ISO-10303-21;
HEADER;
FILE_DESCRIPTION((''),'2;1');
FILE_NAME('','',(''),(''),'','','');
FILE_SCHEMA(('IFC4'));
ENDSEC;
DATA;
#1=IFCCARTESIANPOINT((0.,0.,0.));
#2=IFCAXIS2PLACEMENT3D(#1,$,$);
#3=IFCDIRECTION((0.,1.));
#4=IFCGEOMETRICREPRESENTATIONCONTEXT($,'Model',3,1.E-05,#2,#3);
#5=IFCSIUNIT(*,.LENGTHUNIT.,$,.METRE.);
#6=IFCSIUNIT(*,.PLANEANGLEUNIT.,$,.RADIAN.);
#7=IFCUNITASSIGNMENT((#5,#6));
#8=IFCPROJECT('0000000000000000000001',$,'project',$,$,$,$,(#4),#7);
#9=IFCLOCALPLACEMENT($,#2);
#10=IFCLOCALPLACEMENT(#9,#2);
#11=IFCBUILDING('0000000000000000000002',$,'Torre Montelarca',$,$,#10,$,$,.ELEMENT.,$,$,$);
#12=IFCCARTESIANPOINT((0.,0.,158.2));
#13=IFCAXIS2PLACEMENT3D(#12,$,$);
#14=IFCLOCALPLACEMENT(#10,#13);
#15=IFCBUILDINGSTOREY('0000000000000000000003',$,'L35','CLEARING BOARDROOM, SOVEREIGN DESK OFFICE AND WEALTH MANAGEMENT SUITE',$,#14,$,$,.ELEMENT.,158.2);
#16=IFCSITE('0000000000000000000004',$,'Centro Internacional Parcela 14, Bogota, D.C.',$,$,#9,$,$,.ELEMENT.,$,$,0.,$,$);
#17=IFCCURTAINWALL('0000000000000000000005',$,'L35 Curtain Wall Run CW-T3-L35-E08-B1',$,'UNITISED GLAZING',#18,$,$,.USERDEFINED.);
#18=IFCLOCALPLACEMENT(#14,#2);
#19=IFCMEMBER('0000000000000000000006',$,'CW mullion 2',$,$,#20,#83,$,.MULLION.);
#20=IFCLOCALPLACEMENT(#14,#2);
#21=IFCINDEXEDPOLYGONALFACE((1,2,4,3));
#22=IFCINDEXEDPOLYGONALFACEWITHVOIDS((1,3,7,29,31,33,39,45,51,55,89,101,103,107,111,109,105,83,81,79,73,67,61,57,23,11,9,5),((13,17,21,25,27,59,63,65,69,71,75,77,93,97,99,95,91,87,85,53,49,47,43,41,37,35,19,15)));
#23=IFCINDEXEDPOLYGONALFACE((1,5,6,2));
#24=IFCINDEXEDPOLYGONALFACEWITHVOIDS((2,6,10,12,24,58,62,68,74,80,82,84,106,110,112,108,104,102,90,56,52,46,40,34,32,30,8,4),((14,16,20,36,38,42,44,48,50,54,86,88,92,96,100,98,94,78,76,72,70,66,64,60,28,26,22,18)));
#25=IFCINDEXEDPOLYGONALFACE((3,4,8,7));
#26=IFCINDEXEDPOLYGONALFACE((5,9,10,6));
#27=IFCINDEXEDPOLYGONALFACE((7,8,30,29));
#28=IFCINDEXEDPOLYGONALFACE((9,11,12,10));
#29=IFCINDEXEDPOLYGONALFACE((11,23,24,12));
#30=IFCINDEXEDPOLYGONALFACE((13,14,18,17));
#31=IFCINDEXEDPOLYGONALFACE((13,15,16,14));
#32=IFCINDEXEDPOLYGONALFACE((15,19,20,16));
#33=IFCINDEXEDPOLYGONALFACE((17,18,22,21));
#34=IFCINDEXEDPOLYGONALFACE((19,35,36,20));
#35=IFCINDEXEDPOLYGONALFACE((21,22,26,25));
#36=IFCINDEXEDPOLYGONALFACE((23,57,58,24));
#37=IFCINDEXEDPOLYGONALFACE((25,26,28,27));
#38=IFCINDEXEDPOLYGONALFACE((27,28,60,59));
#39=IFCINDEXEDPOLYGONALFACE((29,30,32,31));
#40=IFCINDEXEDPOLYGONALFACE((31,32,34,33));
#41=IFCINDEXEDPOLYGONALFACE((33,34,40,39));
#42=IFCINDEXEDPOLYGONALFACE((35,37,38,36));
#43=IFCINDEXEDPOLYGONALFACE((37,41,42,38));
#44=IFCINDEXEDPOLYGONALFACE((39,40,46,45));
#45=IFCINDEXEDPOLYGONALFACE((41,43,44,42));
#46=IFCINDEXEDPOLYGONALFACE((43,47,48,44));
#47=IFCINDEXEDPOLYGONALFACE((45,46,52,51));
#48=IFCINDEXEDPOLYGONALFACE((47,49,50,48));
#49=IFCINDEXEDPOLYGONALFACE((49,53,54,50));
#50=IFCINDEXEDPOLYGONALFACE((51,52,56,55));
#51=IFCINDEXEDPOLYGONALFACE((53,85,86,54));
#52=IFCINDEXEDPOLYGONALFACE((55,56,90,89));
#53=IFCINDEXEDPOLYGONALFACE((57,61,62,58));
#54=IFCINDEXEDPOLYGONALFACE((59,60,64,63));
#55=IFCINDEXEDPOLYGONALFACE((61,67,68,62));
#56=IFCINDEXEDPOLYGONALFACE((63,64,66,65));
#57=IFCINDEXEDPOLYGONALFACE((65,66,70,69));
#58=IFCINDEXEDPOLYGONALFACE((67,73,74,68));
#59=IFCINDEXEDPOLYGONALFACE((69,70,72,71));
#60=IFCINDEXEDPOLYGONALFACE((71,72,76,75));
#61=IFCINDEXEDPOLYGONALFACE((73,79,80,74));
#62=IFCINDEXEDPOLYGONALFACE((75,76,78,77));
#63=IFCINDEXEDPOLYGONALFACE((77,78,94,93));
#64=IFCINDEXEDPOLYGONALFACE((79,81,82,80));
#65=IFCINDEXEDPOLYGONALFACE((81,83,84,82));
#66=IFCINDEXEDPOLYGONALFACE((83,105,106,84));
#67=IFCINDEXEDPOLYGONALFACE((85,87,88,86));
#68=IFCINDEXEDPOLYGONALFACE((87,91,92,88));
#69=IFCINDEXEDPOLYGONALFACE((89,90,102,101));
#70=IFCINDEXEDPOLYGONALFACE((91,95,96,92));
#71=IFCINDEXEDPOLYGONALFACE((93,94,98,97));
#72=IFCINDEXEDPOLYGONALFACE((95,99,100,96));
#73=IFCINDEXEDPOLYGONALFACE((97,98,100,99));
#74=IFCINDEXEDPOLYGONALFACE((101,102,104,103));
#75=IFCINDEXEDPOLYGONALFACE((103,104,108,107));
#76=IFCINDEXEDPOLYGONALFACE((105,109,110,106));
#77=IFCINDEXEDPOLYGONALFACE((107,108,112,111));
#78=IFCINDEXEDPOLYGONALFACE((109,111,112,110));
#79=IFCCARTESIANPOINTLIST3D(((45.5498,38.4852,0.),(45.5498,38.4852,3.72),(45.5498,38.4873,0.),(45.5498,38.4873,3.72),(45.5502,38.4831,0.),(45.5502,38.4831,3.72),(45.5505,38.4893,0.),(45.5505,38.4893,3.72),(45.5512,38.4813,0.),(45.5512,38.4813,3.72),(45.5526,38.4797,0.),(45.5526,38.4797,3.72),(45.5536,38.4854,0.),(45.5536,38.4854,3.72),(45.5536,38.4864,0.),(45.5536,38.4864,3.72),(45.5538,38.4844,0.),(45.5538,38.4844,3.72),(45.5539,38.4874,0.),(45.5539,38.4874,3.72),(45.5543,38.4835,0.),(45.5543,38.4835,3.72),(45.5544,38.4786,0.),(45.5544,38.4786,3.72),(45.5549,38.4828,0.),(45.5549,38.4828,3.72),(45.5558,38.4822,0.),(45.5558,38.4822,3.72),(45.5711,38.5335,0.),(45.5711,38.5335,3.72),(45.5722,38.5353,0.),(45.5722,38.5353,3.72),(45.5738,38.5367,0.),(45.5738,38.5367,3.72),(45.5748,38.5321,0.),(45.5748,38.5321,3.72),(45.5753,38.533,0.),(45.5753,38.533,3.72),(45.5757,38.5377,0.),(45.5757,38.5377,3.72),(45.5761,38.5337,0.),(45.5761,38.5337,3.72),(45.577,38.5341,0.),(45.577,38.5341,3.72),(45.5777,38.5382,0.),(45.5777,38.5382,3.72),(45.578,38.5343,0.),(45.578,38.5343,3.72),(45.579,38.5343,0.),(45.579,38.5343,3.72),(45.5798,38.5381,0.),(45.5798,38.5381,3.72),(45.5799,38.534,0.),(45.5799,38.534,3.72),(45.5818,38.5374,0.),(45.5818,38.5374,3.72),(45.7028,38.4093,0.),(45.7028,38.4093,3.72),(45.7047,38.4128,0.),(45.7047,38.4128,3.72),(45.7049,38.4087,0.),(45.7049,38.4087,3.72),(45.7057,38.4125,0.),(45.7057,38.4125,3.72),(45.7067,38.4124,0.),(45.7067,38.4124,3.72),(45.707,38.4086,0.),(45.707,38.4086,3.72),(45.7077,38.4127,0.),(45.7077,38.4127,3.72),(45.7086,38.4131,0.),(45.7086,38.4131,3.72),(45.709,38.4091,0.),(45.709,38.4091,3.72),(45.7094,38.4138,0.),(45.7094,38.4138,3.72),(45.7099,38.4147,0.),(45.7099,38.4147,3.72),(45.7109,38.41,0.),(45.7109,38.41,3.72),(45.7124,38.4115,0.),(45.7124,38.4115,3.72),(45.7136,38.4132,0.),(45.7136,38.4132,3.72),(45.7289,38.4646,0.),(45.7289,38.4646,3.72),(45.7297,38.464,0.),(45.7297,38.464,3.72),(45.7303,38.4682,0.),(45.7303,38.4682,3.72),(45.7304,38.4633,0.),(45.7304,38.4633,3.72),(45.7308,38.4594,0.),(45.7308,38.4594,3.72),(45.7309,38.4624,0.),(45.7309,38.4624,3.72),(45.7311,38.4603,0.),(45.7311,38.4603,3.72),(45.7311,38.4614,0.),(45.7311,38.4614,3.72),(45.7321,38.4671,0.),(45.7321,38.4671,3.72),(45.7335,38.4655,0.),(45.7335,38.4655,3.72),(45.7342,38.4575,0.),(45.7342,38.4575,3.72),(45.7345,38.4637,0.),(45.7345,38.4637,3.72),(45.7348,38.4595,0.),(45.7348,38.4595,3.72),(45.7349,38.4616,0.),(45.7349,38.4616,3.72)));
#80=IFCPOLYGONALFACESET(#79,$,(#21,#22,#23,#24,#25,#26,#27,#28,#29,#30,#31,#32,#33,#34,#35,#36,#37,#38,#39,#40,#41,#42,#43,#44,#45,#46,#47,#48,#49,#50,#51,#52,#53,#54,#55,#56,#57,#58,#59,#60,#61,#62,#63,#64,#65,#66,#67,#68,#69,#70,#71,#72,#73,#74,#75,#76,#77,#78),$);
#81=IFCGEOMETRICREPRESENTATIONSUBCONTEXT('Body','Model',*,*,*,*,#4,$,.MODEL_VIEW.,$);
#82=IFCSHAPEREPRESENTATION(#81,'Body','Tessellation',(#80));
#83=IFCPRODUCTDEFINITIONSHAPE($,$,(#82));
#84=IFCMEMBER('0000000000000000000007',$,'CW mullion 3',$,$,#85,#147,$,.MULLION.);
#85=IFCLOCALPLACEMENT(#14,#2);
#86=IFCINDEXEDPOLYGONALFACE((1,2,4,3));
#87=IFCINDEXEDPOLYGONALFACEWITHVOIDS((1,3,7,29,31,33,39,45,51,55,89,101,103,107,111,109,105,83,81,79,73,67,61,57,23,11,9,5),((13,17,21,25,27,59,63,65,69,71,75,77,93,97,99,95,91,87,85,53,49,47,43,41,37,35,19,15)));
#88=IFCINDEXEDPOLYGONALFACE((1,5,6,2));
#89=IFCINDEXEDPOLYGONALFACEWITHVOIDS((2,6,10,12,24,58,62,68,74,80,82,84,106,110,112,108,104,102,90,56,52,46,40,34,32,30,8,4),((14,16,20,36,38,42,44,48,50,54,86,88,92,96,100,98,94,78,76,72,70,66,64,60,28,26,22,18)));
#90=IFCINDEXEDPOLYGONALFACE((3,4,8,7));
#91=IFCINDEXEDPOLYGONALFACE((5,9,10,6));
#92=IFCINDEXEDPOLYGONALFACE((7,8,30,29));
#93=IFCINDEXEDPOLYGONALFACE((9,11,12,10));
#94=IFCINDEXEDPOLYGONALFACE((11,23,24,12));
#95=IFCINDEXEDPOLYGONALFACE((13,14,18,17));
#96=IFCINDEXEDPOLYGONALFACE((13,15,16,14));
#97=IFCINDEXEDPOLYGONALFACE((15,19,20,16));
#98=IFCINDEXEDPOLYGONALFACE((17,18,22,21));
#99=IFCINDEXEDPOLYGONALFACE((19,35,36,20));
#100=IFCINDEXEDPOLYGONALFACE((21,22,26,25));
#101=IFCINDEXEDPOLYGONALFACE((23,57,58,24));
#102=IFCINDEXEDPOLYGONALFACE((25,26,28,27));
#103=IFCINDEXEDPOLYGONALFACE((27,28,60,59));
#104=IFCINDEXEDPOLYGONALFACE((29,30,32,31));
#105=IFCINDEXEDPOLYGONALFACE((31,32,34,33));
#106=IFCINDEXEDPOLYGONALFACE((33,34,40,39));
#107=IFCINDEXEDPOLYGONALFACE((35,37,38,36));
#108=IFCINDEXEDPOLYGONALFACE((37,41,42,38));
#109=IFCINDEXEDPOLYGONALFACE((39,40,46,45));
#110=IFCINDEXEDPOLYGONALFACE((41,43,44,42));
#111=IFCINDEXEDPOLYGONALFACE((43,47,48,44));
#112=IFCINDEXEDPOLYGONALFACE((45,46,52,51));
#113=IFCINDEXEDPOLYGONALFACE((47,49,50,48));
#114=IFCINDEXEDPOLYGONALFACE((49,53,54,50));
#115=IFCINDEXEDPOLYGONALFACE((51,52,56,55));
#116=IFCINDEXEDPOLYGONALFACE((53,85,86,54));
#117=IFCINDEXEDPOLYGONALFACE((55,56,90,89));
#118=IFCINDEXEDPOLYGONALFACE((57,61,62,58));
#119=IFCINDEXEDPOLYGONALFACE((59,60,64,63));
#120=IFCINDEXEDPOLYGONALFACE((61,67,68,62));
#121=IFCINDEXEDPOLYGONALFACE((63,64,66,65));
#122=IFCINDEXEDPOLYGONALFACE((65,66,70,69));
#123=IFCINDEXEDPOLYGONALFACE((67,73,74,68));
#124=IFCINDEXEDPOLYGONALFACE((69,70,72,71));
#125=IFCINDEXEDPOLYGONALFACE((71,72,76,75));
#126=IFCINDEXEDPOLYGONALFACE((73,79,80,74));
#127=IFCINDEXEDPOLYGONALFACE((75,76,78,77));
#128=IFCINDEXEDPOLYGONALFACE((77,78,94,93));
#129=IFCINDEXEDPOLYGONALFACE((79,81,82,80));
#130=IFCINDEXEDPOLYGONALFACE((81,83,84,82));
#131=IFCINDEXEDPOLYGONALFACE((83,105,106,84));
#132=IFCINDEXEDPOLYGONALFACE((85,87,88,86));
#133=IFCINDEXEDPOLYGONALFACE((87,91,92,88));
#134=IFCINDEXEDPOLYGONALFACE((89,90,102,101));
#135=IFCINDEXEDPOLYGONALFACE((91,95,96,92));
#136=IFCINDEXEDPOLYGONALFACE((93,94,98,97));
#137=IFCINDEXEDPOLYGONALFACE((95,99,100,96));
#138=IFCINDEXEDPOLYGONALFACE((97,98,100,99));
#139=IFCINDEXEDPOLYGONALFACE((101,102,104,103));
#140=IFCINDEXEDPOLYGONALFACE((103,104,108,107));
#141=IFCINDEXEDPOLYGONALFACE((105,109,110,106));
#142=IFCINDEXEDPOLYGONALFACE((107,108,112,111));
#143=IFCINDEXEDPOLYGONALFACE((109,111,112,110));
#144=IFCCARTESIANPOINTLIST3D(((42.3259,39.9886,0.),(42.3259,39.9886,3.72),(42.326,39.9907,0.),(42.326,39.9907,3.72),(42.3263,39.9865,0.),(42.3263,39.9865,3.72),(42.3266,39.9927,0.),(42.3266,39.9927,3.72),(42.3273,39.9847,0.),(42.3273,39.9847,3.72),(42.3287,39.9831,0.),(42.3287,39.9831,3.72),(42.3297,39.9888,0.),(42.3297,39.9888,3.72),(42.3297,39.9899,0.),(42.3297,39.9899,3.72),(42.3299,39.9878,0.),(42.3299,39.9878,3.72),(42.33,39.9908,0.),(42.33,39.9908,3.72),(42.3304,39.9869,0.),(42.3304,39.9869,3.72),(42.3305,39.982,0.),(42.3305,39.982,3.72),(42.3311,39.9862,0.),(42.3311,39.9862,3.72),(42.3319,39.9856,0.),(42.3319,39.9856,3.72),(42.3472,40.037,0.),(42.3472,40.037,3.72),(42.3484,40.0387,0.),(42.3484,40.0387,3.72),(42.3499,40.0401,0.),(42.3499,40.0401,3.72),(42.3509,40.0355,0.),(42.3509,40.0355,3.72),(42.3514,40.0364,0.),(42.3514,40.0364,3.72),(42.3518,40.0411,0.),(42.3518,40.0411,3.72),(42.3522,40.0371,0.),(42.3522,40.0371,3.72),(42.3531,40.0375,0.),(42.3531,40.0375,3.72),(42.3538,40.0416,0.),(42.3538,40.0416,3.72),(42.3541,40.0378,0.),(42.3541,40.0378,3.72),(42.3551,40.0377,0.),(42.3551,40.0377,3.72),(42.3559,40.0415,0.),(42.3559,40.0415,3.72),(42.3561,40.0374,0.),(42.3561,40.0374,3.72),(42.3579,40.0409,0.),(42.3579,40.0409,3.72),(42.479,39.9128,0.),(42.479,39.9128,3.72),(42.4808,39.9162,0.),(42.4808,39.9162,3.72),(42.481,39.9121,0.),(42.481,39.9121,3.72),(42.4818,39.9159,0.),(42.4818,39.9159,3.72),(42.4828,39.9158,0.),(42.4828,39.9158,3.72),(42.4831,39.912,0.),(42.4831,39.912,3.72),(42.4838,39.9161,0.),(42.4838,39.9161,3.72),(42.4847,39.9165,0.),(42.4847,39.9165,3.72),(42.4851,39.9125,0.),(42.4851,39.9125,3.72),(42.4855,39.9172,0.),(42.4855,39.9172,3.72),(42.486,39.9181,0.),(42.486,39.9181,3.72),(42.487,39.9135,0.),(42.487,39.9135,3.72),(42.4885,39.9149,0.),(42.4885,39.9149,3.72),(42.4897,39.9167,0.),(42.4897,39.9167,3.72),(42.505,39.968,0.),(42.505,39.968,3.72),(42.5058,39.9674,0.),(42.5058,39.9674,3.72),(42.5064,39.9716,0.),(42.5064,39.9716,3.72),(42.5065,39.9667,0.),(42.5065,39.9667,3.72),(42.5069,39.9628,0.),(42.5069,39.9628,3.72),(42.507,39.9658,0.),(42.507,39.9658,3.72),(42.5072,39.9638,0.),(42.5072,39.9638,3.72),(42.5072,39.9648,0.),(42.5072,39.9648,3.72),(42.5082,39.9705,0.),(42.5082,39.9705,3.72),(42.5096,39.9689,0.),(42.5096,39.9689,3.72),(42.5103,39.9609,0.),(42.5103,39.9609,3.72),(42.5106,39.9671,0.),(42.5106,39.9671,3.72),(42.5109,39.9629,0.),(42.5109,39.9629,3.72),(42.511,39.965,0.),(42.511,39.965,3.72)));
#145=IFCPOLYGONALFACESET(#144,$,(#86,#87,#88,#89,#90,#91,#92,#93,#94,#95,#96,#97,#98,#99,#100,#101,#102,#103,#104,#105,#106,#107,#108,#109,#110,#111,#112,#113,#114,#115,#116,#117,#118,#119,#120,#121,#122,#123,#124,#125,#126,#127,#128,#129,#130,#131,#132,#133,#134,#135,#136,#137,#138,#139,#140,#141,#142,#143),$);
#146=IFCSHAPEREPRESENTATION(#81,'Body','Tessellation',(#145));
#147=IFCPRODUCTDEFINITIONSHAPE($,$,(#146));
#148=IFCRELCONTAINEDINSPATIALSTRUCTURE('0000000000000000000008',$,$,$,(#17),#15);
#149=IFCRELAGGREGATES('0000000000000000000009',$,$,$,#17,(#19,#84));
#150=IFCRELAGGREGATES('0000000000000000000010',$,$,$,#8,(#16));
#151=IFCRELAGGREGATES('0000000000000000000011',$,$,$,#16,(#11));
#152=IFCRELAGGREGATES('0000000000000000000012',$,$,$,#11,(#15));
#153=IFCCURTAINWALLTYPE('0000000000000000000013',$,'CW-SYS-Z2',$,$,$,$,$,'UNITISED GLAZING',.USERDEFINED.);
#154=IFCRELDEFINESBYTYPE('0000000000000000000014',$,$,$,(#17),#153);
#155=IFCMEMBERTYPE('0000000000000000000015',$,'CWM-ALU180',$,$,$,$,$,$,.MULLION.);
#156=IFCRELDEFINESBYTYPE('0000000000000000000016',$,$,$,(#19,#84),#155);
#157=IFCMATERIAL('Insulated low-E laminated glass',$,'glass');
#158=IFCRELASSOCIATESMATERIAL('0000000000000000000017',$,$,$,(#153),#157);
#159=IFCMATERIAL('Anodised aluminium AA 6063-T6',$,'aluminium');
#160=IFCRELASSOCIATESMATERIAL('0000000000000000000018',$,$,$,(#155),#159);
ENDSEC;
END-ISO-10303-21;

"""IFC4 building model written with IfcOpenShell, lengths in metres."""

from ifc_helpers import new_model, si_unit, direction, frame, origin, origin_2d, place, context, subcontext, project, spatial, hollow_rectangle, extrude, source, transform, mapped, material, material_profile, profile_set, type_object, element, aggregate, save


model = new_model("IFC4")

# Units and contexts
model_context = context("Model", 3, precision=1e-05, world=origin(), true_north=direction((0.0, 1.0)))
body_context = subcontext(model_context, "Body", "Model", "MODEL_VIEW")
ifc_project = project(units=[si_unit("LENGTHUNIT", "METRE"), si_unit("PLANEANGLEUNIT", "RADIAN")], contexts=[model_context])

# Site, building, storey
site_placement = place(None, origin())
site = spatial("IfcSite", under=ifc_project, at=site_placement, Name="Centro Internacional Parcela 14, Bogota, D.C.", CompositionType="ELEMENT", RefElevation=0.0)
building_placement = place(site_placement, origin())
building = spatial("IfcBuilding", under=site, at=building_placement, Name="Torre Montelarca", CompositionType="ELEMENT")
storey_placement = place(building_placement, frame((0.0, 0.0, 158.2)))
storey = spatial("IfcBuildingStorey", under=building, at=storey_placement, Name="L35", Description="CLEARING BOARDROOM, SOVEREIGN DESK OFFICE AND WEALTH MANAGEMENT SUITE", CompositionType="ELEMENT", Elevation=158.2)

# Curtain wall, members
ifc_material_1 = material(Name="Insulated low-E laminated glass", Category="glass")
curtain_wall_type = type_object("IfcCurtainWallType", Name="CW-SYS-Z2", ElementType="UNITISED GLAZING", PredefinedType="USERDEFINED", material=ifc_material_1)
ifc_material_2 = material(Name="Anodised aluminium AA 6063-T6", Category="aluminium")
ifc_material_profile_1 = material_profile(ifc_material_2, hollow_rectangle(XDim=0.0649, YDim=0.1799, WallThickness=0.0039, InnerFilletRadius=0.0039, OuterFilletRadius=0.0081, at=origin_2d()), Name="ALU65X180X4", Category="aluminium")
ifc_profile_set_1 = profile_set([ifc_material_profile_1], Name="Anodised aluminium AA 6063-T6")
member_type_1 = type_object("IfcMemberType", Name="CWM-ALU180", PredefinedType="MULLION", material=ifc_profile_set_1)
shared_shape_1 = source(origin(), body_context, "Body", "SweptSolid", [
    extrude(hollow_rectangle(XDim=0.0649, YDim=0.1799, WallThickness=0.0039, InnerFilletRadius=0.0039, OuterFilletRadius=0.0081, at=origin_2d()), origin(), (0.0, 0.0, 1.0), 3.72),
])
curtain_wall_1_placement = place(storey_placement, origin())
curtain_wall_1 = element("IfcCurtainWall", 1, at=curtain_wall_1_placement, inside=storey, type_object=curtain_wall_type, Name="L35 Curtain Wall Run CW-T3-L35-E08-B1", ObjectType="UNITISED GLAZING", PredefinedType="USERDEFINED")
member_1_placement = place(storey_placement, frame((45.6423, 38.4734, 0.0), z_axis=(0.0, 0.0, 1.0), x_axis=(-0.422609, -0.906312, 0.0)))
member_1 = element("IfcMember", 2, at=member_1_placement, type_object=member_type_1, Name="CW mullion 2", PredefinedType="MULLION", context=body_context, shape_type="MappedRepresentation", body=[
    mapped(shared_shape_1, transform((0.0, 0.0, 0.0), scale=1.0)),
])
member_2_placement = place(storey_placement, frame((42.4185, 39.9768, 0.0), z_axis=(0.0, 0.0, 1.0), x_axis=(-0.422609, -0.906312, 0.0)))
member_2 = element("IfcMember", 3, at=member_2_placement, type_object=member_type_1, Name="CW mullion 3", PredefinedType="MULLION", context=body_context, shape_type="MappedRepresentation", body=[
    mapped(shared_shape_1, transform((0.0, 0.0, 0.0), scale=1.0)),
])

aggregate(curtain_wall_1, [member_1, member_2])

save(model, "model.ifc")
